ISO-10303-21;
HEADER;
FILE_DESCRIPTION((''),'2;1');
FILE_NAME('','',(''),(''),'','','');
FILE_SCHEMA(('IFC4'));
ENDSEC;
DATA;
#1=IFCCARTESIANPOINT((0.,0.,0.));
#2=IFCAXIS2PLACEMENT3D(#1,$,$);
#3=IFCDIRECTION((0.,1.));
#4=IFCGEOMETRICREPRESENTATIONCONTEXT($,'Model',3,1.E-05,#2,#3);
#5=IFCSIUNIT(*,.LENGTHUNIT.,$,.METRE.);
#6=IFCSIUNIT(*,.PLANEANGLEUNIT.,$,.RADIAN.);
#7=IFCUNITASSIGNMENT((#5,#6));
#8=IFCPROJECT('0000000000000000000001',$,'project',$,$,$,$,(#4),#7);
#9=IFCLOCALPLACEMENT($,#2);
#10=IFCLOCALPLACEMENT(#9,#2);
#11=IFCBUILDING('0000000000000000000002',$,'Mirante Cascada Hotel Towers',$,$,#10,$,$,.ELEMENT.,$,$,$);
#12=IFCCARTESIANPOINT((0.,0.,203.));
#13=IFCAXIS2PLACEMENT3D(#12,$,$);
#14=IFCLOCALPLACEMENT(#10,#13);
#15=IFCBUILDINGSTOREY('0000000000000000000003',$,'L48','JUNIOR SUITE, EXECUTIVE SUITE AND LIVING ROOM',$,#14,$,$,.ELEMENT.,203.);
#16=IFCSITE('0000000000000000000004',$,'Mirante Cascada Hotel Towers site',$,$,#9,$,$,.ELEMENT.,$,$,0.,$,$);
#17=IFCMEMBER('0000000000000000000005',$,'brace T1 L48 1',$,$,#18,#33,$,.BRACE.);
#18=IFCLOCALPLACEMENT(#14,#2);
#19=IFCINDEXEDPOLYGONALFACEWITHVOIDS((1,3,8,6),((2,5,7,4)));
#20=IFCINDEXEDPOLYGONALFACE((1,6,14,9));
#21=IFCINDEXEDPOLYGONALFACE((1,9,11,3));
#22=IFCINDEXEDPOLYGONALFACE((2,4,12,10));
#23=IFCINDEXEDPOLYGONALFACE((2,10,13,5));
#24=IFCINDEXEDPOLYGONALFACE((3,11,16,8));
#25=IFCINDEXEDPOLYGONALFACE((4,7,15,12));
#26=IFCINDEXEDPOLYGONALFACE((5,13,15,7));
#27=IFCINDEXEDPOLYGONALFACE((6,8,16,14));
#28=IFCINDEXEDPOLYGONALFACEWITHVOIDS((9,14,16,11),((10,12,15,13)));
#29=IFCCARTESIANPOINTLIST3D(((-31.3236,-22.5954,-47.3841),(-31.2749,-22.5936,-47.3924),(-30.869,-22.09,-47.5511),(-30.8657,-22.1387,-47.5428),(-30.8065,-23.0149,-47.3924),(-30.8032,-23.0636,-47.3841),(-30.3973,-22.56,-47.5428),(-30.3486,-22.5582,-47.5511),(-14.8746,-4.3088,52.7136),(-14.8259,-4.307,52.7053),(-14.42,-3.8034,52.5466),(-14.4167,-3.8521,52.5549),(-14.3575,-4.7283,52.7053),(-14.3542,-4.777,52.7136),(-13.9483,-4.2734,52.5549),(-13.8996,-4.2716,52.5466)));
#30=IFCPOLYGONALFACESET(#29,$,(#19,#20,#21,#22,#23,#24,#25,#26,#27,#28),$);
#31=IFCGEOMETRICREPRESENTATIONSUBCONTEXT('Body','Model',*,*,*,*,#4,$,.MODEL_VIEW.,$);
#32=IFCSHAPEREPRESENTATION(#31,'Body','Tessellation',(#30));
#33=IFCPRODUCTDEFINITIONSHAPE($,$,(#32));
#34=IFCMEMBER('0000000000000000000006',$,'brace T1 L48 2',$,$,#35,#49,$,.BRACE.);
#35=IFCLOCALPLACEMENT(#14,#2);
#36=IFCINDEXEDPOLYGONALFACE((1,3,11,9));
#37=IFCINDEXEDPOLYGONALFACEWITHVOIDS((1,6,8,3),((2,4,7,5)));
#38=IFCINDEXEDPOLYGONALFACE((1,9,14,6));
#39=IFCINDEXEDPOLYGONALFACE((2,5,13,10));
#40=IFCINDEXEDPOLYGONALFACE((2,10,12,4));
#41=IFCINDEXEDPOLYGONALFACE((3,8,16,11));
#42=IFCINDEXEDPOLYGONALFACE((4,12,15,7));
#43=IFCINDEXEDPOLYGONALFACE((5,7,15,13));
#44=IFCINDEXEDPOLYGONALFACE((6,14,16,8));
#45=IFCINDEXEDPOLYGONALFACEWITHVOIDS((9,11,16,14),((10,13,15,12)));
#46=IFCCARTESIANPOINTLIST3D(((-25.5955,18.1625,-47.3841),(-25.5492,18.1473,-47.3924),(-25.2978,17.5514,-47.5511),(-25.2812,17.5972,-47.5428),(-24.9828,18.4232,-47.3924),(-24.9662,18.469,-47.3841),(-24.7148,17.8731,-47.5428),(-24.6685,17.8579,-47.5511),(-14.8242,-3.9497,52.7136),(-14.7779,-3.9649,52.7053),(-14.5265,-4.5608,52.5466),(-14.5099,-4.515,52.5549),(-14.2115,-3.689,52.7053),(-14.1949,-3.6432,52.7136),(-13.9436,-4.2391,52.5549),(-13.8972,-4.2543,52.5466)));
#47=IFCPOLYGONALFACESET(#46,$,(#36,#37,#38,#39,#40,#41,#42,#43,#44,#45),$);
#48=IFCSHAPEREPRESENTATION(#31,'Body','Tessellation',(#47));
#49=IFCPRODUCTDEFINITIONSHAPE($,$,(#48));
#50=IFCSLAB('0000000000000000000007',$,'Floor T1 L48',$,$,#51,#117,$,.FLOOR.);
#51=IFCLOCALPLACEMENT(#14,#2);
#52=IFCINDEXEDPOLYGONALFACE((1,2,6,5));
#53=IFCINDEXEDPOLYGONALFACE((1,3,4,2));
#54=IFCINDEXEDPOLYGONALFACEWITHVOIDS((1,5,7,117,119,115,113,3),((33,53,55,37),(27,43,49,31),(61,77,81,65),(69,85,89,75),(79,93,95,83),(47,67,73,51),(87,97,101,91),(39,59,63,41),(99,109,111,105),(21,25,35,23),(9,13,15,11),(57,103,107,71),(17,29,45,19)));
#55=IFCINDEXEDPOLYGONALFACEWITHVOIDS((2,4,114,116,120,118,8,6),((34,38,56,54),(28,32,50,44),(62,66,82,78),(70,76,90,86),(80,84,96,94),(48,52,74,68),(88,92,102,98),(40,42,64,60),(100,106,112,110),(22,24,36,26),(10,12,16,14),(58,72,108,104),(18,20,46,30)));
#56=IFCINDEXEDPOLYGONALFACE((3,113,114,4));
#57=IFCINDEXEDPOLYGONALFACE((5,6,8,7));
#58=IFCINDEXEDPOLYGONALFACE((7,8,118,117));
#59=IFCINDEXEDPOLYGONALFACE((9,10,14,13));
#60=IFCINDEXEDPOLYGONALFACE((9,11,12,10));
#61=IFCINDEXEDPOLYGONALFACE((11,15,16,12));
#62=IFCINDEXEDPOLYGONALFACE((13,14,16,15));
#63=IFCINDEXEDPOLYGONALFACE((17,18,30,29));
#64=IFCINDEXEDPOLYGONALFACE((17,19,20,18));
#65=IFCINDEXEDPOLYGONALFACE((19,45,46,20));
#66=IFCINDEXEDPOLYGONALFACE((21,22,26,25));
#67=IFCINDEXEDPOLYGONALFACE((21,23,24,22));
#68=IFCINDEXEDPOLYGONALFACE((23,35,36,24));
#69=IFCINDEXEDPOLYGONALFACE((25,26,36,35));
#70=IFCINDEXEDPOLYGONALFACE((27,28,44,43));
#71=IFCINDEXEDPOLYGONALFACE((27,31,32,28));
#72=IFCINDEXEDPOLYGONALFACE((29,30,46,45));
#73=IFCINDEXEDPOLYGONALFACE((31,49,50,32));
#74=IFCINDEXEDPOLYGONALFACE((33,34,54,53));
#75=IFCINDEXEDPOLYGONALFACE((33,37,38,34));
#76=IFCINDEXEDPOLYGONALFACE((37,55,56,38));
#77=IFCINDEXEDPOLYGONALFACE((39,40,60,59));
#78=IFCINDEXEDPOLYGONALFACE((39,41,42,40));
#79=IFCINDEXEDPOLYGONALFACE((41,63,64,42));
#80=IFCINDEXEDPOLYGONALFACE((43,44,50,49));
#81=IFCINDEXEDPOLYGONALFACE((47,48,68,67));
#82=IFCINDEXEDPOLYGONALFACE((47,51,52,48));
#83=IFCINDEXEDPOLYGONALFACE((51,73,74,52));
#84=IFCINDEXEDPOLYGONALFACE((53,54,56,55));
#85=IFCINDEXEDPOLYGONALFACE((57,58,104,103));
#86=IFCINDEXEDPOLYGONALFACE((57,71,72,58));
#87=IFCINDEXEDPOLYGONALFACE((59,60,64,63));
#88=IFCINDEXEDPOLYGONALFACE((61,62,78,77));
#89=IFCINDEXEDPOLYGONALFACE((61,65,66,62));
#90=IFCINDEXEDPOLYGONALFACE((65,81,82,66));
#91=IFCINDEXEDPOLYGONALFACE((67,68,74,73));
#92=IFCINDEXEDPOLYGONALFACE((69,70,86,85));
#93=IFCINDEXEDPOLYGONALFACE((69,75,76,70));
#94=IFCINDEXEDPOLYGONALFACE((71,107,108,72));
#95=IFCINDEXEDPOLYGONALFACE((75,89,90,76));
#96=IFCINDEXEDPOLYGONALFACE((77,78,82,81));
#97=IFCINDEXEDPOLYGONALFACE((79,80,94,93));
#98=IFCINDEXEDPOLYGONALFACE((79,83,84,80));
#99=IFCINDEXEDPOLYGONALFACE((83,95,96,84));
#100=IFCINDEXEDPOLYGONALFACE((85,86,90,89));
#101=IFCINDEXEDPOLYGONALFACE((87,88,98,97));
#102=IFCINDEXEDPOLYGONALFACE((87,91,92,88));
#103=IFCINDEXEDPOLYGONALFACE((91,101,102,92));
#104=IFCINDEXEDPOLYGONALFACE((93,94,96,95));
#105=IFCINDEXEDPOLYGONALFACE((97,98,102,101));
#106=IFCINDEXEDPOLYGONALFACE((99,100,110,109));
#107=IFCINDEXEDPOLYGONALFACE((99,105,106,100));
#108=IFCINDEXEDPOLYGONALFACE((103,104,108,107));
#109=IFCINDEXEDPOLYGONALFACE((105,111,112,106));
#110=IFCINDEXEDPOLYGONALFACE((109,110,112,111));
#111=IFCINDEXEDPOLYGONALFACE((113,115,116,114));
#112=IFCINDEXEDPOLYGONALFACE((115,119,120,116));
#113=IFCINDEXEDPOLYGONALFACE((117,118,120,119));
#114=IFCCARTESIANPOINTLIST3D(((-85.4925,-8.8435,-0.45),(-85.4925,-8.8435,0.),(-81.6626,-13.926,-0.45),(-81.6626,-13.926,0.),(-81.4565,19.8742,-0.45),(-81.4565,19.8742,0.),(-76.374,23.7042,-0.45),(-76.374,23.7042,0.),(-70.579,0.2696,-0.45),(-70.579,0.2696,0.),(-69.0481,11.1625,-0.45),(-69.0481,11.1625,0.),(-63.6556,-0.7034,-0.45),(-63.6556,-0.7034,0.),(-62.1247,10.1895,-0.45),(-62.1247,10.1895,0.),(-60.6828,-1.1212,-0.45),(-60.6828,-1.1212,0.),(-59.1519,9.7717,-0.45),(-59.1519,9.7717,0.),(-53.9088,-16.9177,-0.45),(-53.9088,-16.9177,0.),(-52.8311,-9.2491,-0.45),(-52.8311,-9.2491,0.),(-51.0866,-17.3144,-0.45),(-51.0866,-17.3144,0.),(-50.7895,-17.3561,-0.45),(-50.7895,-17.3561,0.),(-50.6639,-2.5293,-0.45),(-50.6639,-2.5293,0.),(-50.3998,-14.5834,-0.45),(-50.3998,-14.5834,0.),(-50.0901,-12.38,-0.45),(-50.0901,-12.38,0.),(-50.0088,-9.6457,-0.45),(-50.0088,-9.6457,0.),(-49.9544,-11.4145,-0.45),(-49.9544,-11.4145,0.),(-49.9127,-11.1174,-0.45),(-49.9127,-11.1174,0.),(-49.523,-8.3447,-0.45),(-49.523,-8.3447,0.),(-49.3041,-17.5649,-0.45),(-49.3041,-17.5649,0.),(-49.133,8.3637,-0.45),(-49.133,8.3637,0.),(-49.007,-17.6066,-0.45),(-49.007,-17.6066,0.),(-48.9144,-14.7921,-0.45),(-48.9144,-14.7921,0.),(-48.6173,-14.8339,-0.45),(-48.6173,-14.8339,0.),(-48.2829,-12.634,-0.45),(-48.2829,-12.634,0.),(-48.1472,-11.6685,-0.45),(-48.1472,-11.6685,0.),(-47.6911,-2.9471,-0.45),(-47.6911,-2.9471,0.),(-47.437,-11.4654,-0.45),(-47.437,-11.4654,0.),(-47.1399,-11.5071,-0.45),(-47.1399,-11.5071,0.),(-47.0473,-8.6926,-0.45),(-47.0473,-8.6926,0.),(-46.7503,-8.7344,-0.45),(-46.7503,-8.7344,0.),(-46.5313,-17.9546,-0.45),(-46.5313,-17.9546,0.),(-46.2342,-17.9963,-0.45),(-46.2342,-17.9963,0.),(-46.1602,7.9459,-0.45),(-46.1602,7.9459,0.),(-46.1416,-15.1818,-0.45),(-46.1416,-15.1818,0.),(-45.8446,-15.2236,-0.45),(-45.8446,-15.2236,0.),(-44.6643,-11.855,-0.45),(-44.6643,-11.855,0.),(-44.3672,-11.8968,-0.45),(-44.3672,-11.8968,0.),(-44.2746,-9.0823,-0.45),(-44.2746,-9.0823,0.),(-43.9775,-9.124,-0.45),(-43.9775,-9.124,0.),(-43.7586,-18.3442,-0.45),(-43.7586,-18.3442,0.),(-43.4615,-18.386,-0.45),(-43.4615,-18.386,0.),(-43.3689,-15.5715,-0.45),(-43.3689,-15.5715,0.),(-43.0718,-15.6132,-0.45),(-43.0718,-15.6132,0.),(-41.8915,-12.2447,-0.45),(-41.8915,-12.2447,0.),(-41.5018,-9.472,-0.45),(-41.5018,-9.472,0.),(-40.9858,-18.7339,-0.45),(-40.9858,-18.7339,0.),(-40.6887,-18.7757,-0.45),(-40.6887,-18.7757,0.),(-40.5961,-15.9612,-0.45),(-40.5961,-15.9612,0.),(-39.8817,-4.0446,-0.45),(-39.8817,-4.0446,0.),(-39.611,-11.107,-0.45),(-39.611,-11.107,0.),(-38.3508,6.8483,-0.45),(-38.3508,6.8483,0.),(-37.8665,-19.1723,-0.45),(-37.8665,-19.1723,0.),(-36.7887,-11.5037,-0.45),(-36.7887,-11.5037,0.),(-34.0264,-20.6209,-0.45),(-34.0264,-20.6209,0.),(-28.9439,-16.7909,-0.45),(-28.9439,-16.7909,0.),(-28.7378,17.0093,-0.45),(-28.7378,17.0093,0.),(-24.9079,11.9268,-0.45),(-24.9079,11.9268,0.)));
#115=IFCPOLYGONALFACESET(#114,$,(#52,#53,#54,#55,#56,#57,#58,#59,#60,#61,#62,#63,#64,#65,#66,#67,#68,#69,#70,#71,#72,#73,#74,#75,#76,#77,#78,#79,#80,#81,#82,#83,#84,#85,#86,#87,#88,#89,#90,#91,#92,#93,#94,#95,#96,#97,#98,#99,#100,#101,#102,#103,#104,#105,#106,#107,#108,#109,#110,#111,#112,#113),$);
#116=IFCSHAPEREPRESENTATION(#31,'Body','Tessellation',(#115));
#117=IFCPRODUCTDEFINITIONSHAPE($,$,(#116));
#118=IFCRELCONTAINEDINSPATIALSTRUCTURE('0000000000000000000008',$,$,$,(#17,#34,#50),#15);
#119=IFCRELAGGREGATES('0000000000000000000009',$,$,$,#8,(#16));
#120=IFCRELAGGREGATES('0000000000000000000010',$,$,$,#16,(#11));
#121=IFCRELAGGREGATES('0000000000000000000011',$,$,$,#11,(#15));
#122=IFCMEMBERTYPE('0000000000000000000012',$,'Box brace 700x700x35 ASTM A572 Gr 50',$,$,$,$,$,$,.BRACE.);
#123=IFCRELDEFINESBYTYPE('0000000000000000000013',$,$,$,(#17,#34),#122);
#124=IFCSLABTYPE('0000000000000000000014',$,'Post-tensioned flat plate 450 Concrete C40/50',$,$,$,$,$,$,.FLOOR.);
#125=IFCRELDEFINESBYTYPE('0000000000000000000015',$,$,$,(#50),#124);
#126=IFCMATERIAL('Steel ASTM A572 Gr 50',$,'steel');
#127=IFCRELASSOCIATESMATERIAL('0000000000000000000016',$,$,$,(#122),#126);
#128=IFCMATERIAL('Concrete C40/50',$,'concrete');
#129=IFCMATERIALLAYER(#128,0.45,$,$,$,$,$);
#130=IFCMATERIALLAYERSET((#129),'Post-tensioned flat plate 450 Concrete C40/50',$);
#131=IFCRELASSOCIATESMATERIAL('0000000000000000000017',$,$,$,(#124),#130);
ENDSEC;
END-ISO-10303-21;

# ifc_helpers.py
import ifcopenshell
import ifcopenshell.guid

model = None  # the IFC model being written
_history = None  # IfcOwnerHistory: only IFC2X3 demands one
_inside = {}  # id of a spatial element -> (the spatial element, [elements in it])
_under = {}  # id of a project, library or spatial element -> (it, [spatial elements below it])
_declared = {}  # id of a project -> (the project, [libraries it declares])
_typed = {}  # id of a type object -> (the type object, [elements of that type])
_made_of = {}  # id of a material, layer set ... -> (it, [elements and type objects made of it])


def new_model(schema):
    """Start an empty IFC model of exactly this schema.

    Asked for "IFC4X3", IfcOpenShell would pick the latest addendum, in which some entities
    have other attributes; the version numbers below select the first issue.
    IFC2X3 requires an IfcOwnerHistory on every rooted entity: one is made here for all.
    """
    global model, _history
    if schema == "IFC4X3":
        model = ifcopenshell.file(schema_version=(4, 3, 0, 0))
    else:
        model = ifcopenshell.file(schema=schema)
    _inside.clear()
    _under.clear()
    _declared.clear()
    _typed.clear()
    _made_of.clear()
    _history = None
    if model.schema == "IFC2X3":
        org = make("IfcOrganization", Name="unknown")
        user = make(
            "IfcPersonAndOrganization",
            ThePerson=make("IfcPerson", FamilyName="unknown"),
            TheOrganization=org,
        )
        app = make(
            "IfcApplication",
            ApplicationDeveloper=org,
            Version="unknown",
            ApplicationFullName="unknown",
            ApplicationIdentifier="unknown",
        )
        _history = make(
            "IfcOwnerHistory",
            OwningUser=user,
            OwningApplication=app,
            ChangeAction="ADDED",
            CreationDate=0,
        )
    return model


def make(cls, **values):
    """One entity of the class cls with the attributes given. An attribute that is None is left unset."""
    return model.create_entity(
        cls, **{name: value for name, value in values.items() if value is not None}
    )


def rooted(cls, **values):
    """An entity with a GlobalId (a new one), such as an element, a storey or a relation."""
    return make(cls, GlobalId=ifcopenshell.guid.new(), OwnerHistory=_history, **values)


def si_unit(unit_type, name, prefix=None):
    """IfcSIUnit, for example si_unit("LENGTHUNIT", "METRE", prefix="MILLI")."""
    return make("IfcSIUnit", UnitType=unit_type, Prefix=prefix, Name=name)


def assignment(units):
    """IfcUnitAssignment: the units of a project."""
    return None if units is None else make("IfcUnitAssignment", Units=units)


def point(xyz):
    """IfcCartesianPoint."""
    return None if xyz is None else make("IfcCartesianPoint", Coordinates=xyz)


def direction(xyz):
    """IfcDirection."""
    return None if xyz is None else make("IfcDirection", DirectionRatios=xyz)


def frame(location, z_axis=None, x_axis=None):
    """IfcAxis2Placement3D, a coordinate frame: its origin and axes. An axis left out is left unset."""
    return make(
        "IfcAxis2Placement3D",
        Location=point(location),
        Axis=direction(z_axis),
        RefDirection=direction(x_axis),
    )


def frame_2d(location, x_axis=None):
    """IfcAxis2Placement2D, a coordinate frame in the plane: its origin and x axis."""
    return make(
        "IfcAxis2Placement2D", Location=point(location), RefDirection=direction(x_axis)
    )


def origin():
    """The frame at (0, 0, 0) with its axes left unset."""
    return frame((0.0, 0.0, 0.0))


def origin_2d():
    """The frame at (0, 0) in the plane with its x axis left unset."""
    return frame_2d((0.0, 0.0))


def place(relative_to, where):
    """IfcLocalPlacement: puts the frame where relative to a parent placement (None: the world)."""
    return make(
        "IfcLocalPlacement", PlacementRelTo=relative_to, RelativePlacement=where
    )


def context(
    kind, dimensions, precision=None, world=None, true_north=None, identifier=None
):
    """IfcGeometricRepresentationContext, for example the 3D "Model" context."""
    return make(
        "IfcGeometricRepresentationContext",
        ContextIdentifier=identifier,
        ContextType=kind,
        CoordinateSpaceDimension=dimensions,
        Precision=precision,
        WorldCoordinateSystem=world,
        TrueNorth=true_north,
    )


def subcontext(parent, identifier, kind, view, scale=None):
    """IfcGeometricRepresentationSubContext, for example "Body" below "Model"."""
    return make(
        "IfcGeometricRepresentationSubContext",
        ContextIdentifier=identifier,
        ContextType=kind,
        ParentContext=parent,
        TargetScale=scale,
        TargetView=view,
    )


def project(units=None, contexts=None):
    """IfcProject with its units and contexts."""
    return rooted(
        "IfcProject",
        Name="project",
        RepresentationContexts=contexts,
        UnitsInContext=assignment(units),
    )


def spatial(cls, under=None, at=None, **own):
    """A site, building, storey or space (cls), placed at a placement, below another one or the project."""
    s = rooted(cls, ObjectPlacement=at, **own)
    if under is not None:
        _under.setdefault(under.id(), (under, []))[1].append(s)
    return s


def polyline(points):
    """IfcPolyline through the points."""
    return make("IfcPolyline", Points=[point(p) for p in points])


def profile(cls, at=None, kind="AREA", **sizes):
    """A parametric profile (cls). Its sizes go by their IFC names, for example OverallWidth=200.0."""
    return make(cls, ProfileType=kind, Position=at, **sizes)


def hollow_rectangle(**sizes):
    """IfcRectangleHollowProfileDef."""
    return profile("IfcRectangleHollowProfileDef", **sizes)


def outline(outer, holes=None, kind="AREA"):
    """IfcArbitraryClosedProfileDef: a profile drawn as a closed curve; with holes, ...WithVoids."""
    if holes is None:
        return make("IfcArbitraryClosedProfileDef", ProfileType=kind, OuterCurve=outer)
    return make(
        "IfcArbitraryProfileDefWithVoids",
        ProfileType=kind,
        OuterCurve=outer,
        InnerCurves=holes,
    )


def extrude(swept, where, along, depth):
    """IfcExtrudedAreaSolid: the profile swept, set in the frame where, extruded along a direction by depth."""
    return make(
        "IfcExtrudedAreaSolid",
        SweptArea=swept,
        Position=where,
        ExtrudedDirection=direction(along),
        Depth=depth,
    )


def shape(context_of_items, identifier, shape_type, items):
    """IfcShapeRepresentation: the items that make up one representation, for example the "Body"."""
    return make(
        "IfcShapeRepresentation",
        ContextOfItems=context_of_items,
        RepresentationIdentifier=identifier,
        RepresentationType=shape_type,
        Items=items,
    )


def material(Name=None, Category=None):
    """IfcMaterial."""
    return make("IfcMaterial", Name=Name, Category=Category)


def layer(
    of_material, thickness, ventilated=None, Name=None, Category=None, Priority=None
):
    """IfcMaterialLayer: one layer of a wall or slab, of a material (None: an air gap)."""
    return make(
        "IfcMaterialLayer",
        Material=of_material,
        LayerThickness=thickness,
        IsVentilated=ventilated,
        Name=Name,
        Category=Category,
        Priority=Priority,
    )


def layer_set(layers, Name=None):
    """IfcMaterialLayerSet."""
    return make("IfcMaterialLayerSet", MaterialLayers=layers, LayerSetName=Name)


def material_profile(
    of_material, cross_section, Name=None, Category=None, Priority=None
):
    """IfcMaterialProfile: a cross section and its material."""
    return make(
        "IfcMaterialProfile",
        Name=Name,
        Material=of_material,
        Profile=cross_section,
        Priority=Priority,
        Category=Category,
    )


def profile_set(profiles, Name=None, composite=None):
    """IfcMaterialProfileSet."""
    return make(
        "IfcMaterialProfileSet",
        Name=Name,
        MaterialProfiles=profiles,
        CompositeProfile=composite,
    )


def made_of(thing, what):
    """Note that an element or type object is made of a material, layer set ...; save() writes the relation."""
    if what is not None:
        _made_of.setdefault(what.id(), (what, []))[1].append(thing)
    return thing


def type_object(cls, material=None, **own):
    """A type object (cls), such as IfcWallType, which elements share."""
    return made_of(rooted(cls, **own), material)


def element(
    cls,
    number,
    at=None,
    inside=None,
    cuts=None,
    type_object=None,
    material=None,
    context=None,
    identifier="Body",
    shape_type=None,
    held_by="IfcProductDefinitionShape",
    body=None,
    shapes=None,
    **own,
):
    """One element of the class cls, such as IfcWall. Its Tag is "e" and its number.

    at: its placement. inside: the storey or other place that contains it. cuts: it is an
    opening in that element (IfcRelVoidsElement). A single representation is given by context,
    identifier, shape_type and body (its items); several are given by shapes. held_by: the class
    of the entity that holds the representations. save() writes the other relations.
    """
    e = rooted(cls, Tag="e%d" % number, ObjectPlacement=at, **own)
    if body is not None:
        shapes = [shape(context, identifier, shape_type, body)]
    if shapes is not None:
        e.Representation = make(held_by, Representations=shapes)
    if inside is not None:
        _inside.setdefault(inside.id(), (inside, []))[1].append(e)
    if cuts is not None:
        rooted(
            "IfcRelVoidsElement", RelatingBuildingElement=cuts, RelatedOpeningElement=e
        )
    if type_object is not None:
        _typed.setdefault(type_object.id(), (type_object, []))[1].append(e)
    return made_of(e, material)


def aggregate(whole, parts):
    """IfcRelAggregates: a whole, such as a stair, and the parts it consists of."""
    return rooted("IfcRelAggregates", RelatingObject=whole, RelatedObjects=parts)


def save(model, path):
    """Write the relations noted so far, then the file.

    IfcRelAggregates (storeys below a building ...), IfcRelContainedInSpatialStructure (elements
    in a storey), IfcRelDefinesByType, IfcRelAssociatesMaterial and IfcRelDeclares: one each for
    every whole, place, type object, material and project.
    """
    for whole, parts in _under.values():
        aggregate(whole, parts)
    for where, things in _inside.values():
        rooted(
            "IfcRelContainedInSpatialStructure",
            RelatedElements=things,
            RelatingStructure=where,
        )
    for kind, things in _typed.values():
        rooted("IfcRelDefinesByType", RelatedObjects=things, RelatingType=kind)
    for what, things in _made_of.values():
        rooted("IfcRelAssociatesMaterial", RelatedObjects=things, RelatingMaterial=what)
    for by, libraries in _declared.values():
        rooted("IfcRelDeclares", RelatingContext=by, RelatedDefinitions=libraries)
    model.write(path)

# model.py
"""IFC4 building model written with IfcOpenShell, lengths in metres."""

from ifc_helpers import new_model, si_unit, direction, frame, origin, origin_2d, place, context, subcontext, project, spatial, polyline, hollow_rectangle, outline, extrude, material, layer, layer_set, material_profile, profile_set, type_object, element, save


model = new_model("IFC4")

# Units and contexts
model_context = context("Model", 3, precision=1e-05, world=origin(), true_north=direction((0.0, 1.0)))
body_context = subcontext(model_context, "Body", "Model", "MODEL_VIEW")
ifc_project = project(units=[si_unit("LENGTHUNIT", "METRE"), si_unit("PLANEANGLEUNIT", "RADIAN")], contexts=[model_context])

# Site, building, storey
site_placement = place(None, origin())
site = spatial("IfcSite", under=ifc_project, at=site_placement, Name="Mirante Cascada Hotel Towers site", CompositionType="ELEMENT", RefElevation=0.0)
building_placement = place(site_placement, origin())
building = spatial("IfcBuilding", under=site, at=building_placement, Name="Mirante Cascada Hotel Towers", CompositionType="ELEMENT")
storey_placement = place(building_placement, frame((0.0, 0.0, 203.0)))
storey = spatial("IfcBuildingStorey", under=building, at=storey_placement, Name="L48", Description="JUNIOR SUITE, EXECUTIVE SUITE AND LIVING ROOM", CompositionType="ELEMENT", Elevation=203.0)

# Members
ifc_material_1 = material(Name="Steel ASTM A572 Gr 50", Category="steel")
ifc_material_profile = material_profile(ifc_material_1, hollow_rectangle(XDim=0.7, YDim=0.7, WallThickness=0.035, at=origin_2d()), Name="Box brace 700x700x35 ASTM A572 Gr 50")
ifc_profile_set = profile_set([ifc_material_profile], Name="Steel ASTM A572 Gr 50")
member_type = type_object("IfcMemberType", Name="Box brace 700x700x35 ASTM A572 Gr 50", PredefinedType="BRACE", material=ifc_profile_set)
for number, where, z_axis, x_axis, name in (
    (1, (-30.8361, -22.5768, -47.4676), (0.159582, 0.17741, 0.971112), (-0.743475, 0.668764, 0.0), "brace T1 L48 1"),
    (2, (-25.132, 18.0102, -47.4676), (0.104499, -0.214525, 0.971112), (0.899011, 0.437926, 0.0), "brace T1 L48 2"),
):
    element("IfcMember", number, at=place(storey_placement, frame(where, z_axis=z_axis, x_axis=x_axis)), inside=storey, type_object=member_type, Name=name, PredefinedType="BRACE", context=body_context, shape_type="SweptSolid", body=[
        extrude(hollow_rectangle(XDim=0.7, YDim=0.7, WallThickness=0.035, at=origin_2d()), origin(), (0.0, 0.0, 1.0), 103.0753),
    ])

# Slab
ifc_material_2 = material(Name="Concrete C40/50", Category="concrete")
ifc_layer_1 = layer(ifc_material_2, 0.45)
ifc_layer_set_1 = layer_set([ifc_layer_1], Name="Post-tensioned flat plate 450 Concrete C40/50")
slab_type = type_object("IfcSlabType", Name="Post-tensioned flat plate 450 Concrete C40/50", PredefinedType="FLOOR", material=ifc_layer_set_1)
slab_1_placement = place(storey_placement, frame((0.0, 0.0, -0.45)))
element("IfcSlab", 3, at=slab_1_placement, inside=storey, type_object=slab_type, Name="Floor T1 L48", PredefinedType="FLOOR", context=body_context, shape_type="SweptSolid", body=[
    extrude(outline(polyline([(-28.9439, -16.7909), (-24.9079, 11.9268), (-28.7378, 17.0093), (-76.374, 23.7042), (-81.4565, 19.8742), (-85.4925, -8.8435), (-81.6626, -13.926), (-34.0264, -20.6209), (-28.9439, -16.7909)]), holes=[polyline([(-40.5961, -15.9612), (-40.9858, -18.7339), (-43.4615, -18.386), (-43.0718, -15.6132), (-40.5961, -15.9612)]), polyline([(-43.3689, -15.5715), (-43.7586, -18.3442), (-46.2342, -17.9963), (-45.8446, -15.2236), (-43.3689, -15.5715)]), polyline([(-46.1416, -15.1818), (-46.5313, -17.9546), (-49.007, -17.6066), (-48.6173, -14.8339), (-46.1416, -15.1818)]), polyline([(-36.7887, -11.5037), (-37.8665, -19.1723), (-40.6887, -18.7757), (-39.611, -11.107), (-36.7887, -11.5037)]), polyline([(-43.9775, -9.124), (-41.5018, -9.472), (-41.8915, -12.2447), (-44.3672, -11.8968), (-43.9775, -9.124)]), polyline([(-44.2746, -9.0823), (-44.6643, -11.855), (-47.1399, -11.5071), (-46.7503, -8.7344), (-44.2746, -9.0823)]), polyline([(-50.3998, -14.5834), (-48.9144, -14.7921), (-49.3041, -17.5649), (-50.7895, -17.3561), (-50.3998, -14.5834)]), polyline([(-50.0088, -9.6457), (-51.0866, -17.3144), (-53.9088, -16.9177), (-52.8311, -9.2491), (-50.0088, -9.6457)]), polyline([(-48.1472, -11.6685), (-48.2829, -12.634), (-50.0901, -12.38), (-49.9544, -11.4145), (-48.1472, -11.6685)]), polyline([(-49.523, -8.3447), (-47.0473, -8.6926), (-47.437, -11.4654), (-49.9127, -11.1174), (-49.523, -8.3447)]), polyline([(-62.1247, 10.1895), (-62.1247, 10.1895), (-63.6556, -0.7034), (-63.6556, -0.7034), (-70.579, 0.2696), (-69.0481, 11.1625), (-62.1247, 10.1895)]), polyline([(-49.133, 8.3637), (-50.6639, -2.5293), (-50.6639, -2.5293), (-60.6828, -1.1212), (-60.6828, -1.1212), (-59.1519, 9.7717), (-59.1519, 9.7717), (-49.133, 8.3637)]), polyline([(-38.3508, 6.8483), (-39.8817, -4.0446), (-39.8817, -4.0446), (-47.6911, -2.9471), (-47.6911, -2.9471), (-46.1602, 7.9459), (-38.3508, 6.8483)])]), origin(), (0.0, 0.0, 1.0), 0.45),
])

save(model, "model.ifc")
